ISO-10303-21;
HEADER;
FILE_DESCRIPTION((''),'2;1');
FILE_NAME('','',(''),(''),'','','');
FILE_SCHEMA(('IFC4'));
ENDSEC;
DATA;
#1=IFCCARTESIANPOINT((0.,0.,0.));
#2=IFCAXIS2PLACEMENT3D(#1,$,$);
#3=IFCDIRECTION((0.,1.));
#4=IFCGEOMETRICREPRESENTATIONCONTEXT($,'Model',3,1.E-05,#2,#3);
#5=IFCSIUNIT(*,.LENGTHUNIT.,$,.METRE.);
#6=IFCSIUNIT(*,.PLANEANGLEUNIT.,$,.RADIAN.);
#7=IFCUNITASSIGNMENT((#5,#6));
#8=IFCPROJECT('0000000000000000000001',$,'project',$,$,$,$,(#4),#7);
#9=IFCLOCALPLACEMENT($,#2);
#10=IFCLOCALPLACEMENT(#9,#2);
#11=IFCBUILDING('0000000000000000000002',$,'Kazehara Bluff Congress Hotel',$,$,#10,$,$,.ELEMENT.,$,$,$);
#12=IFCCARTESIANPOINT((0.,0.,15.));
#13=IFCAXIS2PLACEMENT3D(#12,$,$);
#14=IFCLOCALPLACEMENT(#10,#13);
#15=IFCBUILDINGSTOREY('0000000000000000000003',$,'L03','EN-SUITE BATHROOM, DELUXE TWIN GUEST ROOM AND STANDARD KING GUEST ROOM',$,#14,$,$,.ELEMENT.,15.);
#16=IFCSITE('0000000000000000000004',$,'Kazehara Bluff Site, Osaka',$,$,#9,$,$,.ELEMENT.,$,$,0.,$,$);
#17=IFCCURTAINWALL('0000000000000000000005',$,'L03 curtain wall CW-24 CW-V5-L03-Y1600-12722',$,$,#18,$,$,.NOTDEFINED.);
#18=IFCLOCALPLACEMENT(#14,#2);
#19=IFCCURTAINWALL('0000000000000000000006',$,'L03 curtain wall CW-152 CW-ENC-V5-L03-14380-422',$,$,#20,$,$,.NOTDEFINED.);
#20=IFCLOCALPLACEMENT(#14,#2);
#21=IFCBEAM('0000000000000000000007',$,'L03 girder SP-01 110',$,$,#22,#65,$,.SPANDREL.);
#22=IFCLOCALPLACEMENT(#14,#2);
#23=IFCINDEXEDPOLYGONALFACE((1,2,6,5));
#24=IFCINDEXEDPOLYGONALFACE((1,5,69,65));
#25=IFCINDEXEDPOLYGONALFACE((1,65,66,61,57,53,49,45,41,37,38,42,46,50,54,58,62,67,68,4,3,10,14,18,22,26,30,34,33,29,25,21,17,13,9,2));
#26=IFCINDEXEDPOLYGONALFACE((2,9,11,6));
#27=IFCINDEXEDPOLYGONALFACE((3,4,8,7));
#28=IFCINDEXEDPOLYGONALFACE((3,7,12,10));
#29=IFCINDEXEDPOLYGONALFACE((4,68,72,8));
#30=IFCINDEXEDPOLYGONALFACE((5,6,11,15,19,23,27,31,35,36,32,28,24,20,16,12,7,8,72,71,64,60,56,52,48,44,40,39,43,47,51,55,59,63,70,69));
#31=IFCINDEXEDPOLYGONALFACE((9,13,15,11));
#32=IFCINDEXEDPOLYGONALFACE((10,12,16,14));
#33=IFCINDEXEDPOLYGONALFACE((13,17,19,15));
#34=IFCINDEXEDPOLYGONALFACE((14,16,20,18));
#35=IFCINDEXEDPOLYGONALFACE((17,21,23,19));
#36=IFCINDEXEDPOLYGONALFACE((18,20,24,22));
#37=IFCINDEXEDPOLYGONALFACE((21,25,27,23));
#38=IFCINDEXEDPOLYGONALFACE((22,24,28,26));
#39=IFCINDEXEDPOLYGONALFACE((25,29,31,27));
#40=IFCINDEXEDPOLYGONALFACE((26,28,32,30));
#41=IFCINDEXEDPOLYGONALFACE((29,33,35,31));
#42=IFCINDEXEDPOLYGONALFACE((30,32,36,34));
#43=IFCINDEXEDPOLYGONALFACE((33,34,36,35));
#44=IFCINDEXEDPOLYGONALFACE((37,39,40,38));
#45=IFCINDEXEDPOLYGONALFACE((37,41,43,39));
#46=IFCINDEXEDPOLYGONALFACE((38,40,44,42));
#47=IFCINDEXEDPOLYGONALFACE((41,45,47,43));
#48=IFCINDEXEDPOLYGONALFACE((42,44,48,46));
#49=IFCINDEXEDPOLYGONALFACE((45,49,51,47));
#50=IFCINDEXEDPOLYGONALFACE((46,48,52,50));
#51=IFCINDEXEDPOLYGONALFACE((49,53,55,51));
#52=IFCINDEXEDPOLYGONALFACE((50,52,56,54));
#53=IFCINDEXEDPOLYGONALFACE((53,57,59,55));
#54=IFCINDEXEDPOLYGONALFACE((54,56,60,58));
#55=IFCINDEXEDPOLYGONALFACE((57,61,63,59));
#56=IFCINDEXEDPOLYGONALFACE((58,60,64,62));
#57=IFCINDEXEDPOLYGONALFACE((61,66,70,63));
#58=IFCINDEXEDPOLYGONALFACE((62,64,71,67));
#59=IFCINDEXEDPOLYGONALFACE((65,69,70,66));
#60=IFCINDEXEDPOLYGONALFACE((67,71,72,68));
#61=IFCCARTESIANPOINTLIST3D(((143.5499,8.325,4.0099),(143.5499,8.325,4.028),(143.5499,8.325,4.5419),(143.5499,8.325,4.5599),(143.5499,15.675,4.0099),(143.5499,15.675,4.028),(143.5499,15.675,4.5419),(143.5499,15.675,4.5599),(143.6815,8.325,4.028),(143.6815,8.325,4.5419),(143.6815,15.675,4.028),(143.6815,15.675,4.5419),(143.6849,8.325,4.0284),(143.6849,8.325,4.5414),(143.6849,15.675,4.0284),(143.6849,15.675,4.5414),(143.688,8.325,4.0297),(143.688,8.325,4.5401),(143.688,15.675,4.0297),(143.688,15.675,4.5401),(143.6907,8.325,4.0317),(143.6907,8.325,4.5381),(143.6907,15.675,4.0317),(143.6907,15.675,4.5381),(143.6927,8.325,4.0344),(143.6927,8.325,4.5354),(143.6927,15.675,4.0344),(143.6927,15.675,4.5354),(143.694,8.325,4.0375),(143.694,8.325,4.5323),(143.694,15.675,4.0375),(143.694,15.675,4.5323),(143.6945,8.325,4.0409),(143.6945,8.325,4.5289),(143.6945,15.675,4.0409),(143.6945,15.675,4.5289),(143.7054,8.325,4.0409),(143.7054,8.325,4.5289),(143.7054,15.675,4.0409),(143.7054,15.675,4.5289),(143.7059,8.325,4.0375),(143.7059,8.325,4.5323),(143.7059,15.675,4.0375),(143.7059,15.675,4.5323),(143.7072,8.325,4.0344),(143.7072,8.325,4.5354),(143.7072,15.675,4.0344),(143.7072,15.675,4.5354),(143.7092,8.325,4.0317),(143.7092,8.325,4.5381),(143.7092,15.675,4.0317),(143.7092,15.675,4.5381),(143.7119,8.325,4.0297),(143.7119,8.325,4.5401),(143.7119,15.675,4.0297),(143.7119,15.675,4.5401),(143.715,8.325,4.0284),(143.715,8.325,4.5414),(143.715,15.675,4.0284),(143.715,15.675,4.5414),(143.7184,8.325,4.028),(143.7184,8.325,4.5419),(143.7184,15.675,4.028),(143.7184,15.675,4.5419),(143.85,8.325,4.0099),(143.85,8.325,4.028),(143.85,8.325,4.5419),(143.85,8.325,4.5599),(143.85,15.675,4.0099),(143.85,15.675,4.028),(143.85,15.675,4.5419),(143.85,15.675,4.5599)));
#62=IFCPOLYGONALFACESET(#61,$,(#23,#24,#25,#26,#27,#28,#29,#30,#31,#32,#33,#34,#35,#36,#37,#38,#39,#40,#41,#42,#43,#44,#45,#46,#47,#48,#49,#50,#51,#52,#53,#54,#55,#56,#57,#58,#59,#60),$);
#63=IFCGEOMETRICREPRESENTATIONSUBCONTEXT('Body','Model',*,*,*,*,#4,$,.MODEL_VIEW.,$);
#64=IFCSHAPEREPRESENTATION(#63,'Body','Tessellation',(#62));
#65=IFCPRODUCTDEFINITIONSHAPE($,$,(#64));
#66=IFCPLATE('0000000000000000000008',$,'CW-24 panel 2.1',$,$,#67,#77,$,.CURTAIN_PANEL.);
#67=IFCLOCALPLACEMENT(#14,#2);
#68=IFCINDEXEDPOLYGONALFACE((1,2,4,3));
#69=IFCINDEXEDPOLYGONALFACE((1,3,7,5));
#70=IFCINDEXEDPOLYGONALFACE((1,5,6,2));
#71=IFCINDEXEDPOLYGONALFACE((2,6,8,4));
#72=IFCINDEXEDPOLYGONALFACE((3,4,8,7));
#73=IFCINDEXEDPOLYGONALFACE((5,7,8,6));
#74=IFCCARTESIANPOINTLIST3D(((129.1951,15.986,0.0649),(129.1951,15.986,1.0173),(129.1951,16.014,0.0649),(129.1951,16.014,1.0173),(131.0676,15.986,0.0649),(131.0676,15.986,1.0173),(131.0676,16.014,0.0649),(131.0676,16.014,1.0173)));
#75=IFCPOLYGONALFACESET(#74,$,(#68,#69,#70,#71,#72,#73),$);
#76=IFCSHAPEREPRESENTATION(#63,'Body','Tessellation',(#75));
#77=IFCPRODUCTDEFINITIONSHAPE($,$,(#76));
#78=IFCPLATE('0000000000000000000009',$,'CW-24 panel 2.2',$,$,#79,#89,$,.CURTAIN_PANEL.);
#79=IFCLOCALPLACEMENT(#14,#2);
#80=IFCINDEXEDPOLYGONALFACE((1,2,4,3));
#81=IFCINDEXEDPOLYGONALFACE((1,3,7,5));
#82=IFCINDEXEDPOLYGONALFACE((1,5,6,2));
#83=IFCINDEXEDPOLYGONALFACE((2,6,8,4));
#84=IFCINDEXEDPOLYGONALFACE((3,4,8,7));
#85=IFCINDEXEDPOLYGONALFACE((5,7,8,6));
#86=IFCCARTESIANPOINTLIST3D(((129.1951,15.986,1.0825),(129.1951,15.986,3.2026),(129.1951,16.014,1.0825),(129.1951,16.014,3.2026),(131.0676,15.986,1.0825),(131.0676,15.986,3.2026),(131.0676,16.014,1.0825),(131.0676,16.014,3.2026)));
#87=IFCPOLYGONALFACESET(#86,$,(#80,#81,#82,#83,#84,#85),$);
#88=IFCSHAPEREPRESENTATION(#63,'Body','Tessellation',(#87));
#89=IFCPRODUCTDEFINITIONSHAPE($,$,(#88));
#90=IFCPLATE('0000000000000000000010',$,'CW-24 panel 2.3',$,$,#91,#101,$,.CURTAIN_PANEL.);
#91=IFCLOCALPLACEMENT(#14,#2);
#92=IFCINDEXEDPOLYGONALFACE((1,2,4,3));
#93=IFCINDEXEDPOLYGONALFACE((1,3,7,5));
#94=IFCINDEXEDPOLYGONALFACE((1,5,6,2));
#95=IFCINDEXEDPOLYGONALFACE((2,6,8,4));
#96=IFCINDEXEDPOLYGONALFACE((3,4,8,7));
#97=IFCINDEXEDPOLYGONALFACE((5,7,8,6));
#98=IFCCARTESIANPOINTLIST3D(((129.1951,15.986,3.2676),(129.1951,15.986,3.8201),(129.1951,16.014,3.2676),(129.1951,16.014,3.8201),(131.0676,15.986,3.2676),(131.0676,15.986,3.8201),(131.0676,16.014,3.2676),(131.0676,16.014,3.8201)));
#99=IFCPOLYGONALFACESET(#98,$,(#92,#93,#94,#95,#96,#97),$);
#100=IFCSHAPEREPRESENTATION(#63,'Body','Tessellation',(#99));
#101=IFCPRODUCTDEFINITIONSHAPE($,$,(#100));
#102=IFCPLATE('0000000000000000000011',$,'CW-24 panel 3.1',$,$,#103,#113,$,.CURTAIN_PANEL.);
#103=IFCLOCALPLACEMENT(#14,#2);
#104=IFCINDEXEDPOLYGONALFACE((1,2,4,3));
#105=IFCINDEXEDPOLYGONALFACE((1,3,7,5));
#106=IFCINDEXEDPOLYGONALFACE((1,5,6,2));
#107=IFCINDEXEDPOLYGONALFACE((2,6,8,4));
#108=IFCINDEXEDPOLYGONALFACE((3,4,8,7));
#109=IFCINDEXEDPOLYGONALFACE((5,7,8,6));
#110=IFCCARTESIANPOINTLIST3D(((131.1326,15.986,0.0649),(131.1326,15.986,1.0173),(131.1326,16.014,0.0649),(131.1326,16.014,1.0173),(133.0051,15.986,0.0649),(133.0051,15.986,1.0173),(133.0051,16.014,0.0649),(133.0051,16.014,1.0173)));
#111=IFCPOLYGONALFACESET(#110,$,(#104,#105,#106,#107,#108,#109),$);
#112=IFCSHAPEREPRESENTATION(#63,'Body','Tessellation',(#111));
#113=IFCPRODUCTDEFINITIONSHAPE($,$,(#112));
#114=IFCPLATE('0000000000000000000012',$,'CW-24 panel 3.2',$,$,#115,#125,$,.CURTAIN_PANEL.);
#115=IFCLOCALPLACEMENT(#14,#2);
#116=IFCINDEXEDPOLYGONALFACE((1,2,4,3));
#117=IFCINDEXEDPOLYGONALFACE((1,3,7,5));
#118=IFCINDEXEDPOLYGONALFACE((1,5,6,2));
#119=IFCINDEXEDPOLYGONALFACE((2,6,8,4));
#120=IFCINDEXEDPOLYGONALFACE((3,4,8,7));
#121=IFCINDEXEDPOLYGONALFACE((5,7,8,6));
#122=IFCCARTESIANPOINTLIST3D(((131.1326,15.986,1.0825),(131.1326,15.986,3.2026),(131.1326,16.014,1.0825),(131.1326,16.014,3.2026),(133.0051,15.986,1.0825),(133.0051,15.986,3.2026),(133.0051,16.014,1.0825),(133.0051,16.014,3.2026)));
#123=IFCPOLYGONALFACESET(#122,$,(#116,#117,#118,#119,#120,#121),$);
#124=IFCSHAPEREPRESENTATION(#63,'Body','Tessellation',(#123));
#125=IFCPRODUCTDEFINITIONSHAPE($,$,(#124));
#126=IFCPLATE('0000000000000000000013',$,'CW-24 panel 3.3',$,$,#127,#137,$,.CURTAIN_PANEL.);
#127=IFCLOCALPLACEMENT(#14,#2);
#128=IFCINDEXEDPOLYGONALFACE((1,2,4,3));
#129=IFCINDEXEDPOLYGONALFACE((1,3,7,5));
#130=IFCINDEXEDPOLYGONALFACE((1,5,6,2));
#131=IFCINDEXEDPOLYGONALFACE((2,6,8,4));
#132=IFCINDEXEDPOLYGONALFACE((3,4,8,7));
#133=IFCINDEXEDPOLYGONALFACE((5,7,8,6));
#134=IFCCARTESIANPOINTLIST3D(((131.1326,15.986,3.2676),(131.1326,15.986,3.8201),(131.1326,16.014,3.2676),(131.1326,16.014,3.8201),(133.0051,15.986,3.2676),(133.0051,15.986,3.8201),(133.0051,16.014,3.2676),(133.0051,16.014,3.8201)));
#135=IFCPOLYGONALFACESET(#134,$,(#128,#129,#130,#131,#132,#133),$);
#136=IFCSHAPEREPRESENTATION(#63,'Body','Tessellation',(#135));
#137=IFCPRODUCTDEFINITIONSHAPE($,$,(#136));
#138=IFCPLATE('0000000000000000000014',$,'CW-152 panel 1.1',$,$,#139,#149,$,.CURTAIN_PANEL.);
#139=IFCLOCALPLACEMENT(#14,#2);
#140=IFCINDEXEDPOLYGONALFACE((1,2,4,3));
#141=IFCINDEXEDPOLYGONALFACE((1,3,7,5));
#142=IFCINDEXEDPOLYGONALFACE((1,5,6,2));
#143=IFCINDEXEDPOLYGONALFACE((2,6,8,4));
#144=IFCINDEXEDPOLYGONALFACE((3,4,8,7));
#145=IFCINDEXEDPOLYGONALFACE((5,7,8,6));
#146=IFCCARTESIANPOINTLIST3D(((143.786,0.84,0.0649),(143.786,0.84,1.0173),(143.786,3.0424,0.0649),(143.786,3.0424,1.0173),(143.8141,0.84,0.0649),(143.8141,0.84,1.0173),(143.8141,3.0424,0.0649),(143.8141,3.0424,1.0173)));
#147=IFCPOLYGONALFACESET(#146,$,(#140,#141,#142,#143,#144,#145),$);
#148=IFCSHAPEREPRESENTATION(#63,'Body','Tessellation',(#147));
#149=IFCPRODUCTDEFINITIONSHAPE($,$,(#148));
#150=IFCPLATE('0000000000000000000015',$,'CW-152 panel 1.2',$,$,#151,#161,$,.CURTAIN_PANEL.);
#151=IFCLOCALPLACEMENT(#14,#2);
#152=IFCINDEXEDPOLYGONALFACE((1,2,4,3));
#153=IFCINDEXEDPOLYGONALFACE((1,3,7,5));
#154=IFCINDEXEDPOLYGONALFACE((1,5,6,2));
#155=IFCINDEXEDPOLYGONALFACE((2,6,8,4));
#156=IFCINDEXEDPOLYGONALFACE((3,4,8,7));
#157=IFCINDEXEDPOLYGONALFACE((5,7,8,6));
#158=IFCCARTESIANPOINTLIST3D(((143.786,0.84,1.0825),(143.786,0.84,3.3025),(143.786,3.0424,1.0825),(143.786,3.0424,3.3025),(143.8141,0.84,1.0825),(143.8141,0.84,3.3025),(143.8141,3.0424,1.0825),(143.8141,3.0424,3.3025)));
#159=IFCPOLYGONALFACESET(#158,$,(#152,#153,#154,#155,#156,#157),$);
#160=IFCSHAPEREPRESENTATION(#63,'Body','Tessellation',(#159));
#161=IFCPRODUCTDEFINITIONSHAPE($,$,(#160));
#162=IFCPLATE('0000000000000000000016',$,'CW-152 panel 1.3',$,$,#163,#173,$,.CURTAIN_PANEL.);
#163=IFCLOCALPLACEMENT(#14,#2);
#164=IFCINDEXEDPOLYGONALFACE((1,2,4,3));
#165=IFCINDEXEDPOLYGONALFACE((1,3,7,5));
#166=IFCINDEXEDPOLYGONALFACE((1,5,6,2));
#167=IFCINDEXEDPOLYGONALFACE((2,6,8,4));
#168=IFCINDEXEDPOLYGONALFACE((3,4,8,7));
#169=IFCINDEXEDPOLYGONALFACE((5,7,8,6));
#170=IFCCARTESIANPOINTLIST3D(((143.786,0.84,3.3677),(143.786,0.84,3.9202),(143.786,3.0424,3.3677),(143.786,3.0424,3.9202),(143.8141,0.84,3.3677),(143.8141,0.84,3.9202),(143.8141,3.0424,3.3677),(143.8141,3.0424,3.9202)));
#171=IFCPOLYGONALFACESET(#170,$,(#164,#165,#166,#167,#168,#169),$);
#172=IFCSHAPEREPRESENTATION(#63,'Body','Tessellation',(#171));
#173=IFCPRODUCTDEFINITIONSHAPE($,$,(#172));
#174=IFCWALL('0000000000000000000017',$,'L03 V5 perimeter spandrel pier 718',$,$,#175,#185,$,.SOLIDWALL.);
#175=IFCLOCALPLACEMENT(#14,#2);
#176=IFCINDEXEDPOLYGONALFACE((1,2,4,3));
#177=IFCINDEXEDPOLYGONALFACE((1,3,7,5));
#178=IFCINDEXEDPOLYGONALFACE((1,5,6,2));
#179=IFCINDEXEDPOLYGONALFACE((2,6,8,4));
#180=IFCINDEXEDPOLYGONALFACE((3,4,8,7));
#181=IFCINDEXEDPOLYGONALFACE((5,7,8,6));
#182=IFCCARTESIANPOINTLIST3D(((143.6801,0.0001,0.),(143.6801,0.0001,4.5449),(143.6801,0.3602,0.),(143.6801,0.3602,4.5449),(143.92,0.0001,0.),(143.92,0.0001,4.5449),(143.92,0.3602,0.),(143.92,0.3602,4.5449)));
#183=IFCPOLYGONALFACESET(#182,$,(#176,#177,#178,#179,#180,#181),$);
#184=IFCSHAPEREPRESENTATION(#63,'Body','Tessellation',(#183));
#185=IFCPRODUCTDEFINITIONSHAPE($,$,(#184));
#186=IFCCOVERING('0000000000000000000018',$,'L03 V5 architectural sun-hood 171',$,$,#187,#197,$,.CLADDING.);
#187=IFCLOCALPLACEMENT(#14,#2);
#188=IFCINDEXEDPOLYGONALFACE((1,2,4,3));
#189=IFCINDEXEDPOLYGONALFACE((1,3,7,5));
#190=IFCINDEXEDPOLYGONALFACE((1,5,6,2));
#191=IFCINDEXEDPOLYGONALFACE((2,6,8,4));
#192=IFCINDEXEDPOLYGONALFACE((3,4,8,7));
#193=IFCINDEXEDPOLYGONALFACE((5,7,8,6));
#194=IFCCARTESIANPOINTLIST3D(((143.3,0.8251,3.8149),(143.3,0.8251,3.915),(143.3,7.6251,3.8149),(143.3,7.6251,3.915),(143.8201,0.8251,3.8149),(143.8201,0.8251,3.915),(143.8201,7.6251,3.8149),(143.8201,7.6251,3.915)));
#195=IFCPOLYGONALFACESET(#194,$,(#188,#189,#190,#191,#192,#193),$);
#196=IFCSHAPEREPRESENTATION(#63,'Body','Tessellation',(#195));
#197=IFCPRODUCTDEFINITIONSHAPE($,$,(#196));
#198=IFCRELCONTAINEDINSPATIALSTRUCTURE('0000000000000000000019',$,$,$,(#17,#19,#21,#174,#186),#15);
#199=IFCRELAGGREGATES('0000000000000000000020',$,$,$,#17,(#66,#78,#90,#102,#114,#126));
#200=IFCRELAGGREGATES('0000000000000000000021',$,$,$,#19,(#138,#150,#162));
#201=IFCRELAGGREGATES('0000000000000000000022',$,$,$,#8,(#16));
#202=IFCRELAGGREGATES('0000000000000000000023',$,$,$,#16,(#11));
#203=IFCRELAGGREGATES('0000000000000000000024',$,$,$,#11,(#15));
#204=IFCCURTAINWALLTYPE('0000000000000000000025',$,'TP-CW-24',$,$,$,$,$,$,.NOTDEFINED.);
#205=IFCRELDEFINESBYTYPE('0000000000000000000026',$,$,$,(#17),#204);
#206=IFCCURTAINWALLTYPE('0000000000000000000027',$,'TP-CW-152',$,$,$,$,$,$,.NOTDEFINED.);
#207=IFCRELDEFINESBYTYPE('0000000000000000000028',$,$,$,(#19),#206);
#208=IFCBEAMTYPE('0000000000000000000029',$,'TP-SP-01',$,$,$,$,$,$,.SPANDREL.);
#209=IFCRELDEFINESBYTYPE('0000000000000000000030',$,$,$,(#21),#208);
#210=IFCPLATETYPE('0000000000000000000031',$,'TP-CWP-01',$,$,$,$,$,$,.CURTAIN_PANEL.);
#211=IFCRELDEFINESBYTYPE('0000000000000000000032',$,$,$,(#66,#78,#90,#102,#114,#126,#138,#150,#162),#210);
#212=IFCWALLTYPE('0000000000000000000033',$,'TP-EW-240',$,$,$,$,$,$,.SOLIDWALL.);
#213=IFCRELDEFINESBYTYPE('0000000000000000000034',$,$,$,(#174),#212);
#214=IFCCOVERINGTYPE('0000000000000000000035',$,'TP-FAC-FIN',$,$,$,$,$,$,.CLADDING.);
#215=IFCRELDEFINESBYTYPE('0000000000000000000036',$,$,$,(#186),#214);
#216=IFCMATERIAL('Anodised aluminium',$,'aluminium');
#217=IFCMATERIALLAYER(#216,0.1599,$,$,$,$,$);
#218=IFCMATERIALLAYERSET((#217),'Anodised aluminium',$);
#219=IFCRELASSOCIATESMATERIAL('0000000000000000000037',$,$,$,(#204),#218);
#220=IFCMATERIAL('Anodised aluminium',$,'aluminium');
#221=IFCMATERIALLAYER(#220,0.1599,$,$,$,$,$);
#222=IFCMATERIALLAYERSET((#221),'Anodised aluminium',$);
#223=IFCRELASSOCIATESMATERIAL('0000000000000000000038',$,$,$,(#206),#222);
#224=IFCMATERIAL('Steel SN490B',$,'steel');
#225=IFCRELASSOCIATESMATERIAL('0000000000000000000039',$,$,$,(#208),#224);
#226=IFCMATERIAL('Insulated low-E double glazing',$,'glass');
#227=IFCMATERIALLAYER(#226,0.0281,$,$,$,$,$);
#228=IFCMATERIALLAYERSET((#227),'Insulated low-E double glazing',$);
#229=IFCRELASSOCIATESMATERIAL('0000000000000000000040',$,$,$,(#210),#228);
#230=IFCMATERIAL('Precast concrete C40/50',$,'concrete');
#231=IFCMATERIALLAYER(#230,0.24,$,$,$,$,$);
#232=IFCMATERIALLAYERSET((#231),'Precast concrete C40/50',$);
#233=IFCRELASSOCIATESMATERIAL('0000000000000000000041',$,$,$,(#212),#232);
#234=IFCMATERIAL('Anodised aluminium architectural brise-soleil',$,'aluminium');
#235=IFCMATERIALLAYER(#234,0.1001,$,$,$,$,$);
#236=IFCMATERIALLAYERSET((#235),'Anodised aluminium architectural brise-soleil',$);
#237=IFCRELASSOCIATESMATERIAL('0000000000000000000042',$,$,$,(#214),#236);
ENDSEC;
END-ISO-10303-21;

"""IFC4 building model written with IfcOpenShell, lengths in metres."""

from ifc_helpers import new_model, si_unit, direction, frame, frame_2d, origin, origin_2d, place, context, subcontext, project, spatial, rectangle, i_section, extrude, material, layer, layer_set, material_profile, profile_set, type_object, element, aggregate, save


model = new_model("IFC4")

# Units and contexts
model_context = context("Model", 3, precision=1e-05, world=origin(), true_north=direction((0.0, 1.0)))
body_context = subcontext(model_context, "Body", "Model", "MODEL_VIEW")
ifc_project = project(units=[si_unit("LENGTHUNIT", "METRE"), si_unit("PLANEANGLEUNIT", "RADIAN")], contexts=[model_context])

# Site, building, storey
site_placement = place(None, origin())
site = spatial("IfcSite", under=ifc_project, at=site_placement, Name="Kazehara Bluff Site, Osaka", CompositionType="ELEMENT", RefElevation=0.0)
building_placement = place(site_placement, origin())
building = spatial("IfcBuilding", under=site, at=building_placement, Name="Kazehara Bluff Congress Hotel", CompositionType="ELEMENT")
storey_placement = place(building_placement, frame((0.0, 0.0, 15.0)))
storey = spatial("IfcBuildingStorey", under=building, at=storey_placement, Name="L03", Description="EN-SUITE BATHROOM, DELUXE TWIN GUEST ROOM AND STANDARD KING GUEST ROOM", CompositionType="ELEMENT", Elevation=15.0)

# Curtain walls
ifc_material_1 = material(Name="Anodised aluminium", Category="aluminium")
ifc_layer_1 = layer(ifc_material_1, 0.1599)
ifc_layer_set_1 = layer_set([ifc_layer_1], Name="Anodised aluminium")
curtain_wall_type_1 = type_object("IfcCurtainWallType", Name="TP-CW-24", PredefinedType="NOTDEFINED", material=ifc_layer_set_1)
curtain_wall_1_placement = place(storey_placement, origin())
curtain_wall_1 = element("IfcCurtainWall", 1, at=curtain_wall_1_placement, inside=storey, type_object=curtain_wall_type_1, Name="L03 curtain wall CW-24 CW-V5-L03-Y1600-12722", PredefinedType="NOTDEFINED")
ifc_material_2 = material(Name="Anodised aluminium", Category="aluminium")
ifc_layer_2 = layer(ifc_material_2, 0.1599)
ifc_layer_set_2 = layer_set([ifc_layer_2], Name="Anodised aluminium")
curtain_wall_type_2 = type_object("IfcCurtainWallType", Name="TP-CW-152", PredefinedType="NOTDEFINED", material=ifc_layer_set_2)
curtain_wall_2_placement = place(storey_placement, origin())
curtain_wall_2 = element("IfcCurtainWall", 2, at=curtain_wall_2_placement, inside=storey, type_object=curtain_wall_type_2, Name="L03 curtain wall CW-152 CW-ENC-V5-L03-14380-422", PredefinedType="NOTDEFINED")

# Beam
ifc_material_3 = material(Name="Steel SN490B", Category="steel")
ifc_material_profile_1 = material_profile(ifc_material_3, i_section(OverallWidth=0.3, OverallDepth=0.55, WebThickness=0.011, FlangeThickness=0.0181, FilletRadius=0.0129, at=origin_2d()))
ifc_profile_set_1 = profile_set([ifc_material_profile_1], Name="Steel SN490B")
beam_type = type_object("IfcBeamType", Name="TP-SP-01", PredefinedType="SPANDREL", material=ifc_profile_set_1)
beam_1_placement = place(storey_placement, frame((143.7, 8.325, 4.2849), z_axis=(0.0, 1.0, 0.0), x_axis=(-1.0, 0.0, 0.0)))
element("IfcBeam", 3, at=beam_1_placement, inside=storey, type_object=beam_type, Name="L03 girder SP-01 110", PredefinedType="SPANDREL", context=body_context, shape_type="SweptSolid", body=[
    extrude(i_section(OverallWidth=0.3, OverallDepth=0.55, WebThickness=0.011, FlangeThickness=0.0181, FilletRadius=0.0129, at=origin_2d()), origin(), (0.0, 0.0, 1.0), 7.3501),
])

# Plates
ifc_material_4 = material(Name="Insulated low-E double glazing", Category="glass")
ifc_layer_3 = layer(ifc_material_4, 0.0281)
ifc_layer_set_3 = layer_set([ifc_layer_3], Name="Insulated low-E double glazing")
plate_type = type_object("IfcPlateType", Name="TP-CWP-01", PredefinedType="CURTAIN_PANEL", material=ifc_layer_set_3)
plate_1_placement = place(storey_placement, frame((130.1313, 16.0, 0.0649), z_axis=(0.0, 0.0, 1.0), x_axis=(1.0, 0.0, 0.0)))
plate_1 = element("IfcPlate", 4, at=plate_1_placement, type_object=plate_type, Name="CW-24 panel 2.1", PredefinedType="CURTAIN_PANEL", context=body_context, shape_type="SweptSolid", body=[
    extrude(rectangle(XDim=1.8726, YDim=0.0281, at=origin_2d()), origin(), (0.0, 0.0, 1.0), 0.9524),
])
plate_2_placement = place(storey_placement, frame((130.1313, 16.0, 1.0825), z_axis=(0.0, 0.0, 1.0), x_axis=(1.0, 0.0, 0.0)))
plate_2 = element("IfcPlate", 5, at=plate_2_placement, type_object=plate_type, Name="CW-24 panel 2.2", PredefinedType="CURTAIN_PANEL", context=body_context, shape_type="SweptSolid", body=[
    extrude(rectangle(XDim=1.8726, YDim=0.0281, at=origin_2d()), origin(), (0.0, 0.0, 1.0), 2.1201),
])
plate_3_placement = place(storey_placement, frame((130.1313, 16.0, 3.2676), z_axis=(0.0, 0.0, 1.0), x_axis=(1.0, 0.0, 0.0)))
plate_3 = element("IfcPlate", 6, at=plate_3_placement, type_object=plate_type, Name="CW-24 panel 2.3", PredefinedType="CURTAIN_PANEL", context=body_context, shape_type="SweptSolid", body=[
    extrude(rectangle(XDim=1.8726, YDim=0.0281, at=origin_2d()), origin(), (0.0, 0.0, 1.0), 0.5525),
])
plate_4_placement = place(storey_placement, frame((132.0688, 16.0, 0.0649), z_axis=(0.0, 0.0, 1.0), x_axis=(1.0, 0.0, 0.0)))
plate_4 = element("IfcPlate", 7, at=plate_4_placement, type_object=plate_type, Name="CW-24 panel 3.1", PredefinedType="CURTAIN_PANEL", context=body_context, shape_type="SweptSolid", body=[
    extrude(rectangle(XDim=1.8726, YDim=0.0281, at=origin_2d()), origin(), (0.0, 0.0, 1.0), 0.9524),
])
plate_5_placement = place(storey_placement, frame((132.0688, 16.0, 1.0825), z_axis=(0.0, 0.0, 1.0), x_axis=(1.0, 0.0, 0.0)))
plate_5 = element("IfcPlate", 8, at=plate_5_placement, type_object=plate_type, Name="CW-24 panel 3.2", PredefinedType="CURTAIN_PANEL", context=body_context, shape_type="SweptSolid", body=[
    extrude(rectangle(XDim=1.8726, YDim=0.0281, at=origin_2d()), origin(), (0.0, 0.0, 1.0), 2.1201),
])
plate_6_placement = place(storey_placement, frame((132.0688, 16.0, 3.2676), z_axis=(0.0, 0.0, 1.0), x_axis=(1.0, 0.0, 0.0)))
plate_6 = element("IfcPlate", 9, at=plate_6_placement, type_object=plate_type, Name="CW-24 panel 3.3", PredefinedType="CURTAIN_PANEL", context=body_context, shape_type="SweptSolid", body=[
    extrude(rectangle(XDim=1.8726, YDim=0.0281, at=origin_2d()), origin(), (0.0, 0.0, 1.0), 0.5525),
])
aggregate(curtain_wall_1, [plate_1, plate_2, plate_3, plate_4, plate_5, plate_6])
plate_7_placement = place(storey_placement, frame((143.8, 1.9412, 0.0649), z_axis=(0.0, 0.0, 1.0), x_axis=(0.0, 1.0, 0.0)))
plate_7 = element("IfcPlate", 10, at=plate_7_placement, type_object=plate_type, Name="CW-152 panel 1.1", PredefinedType="CURTAIN_PANEL", context=body_context, shape_type="SweptSolid", body=[
    extrude(rectangle(XDim=2.2024, YDim=0.0281, at=origin_2d()), origin(), (0.0, 0.0, 1.0), 0.9524),
])
plate_8_placement = place(storey_placement, frame((143.8, 1.9412, 1.0825), z_axis=(0.0, 0.0, 1.0), x_axis=(0.0, 1.0, 0.0)))
plate_8 = element("IfcPlate", 11, at=plate_8_placement, type_object=plate_type, Name="CW-152 panel 1.2", PredefinedType="CURTAIN_PANEL", context=body_context, shape_type="SweptSolid", body=[
    extrude(rectangle(XDim=2.2024, YDim=0.0281, at=origin_2d()), origin(), (0.0, 0.0, 1.0), 2.22),
])
plate_9_placement = place(storey_placement, frame((143.8, 1.9412, 3.3677), z_axis=(0.0, 0.0, 1.0), x_axis=(0.0, 1.0, 0.0)))
plate_9 = element("IfcPlate", 12, at=plate_9_placement, type_object=plate_type, Name="CW-152 panel 1.3", PredefinedType="CURTAIN_PANEL", context=body_context, shape_type="SweptSolid", body=[
    extrude(rectangle(XDim=2.2024, YDim=0.0281, at=origin_2d()), origin(), (0.0, 0.0, 1.0), 0.5525),
])
aggregate(curtain_wall_2, [plate_7, plate_8, plate_9])

# Wall
ifc_material_5 = material(Name="Precast concrete C40/50", Category="concrete")
ifc_layer_4 = layer(ifc_material_5, 0.24)
ifc_layer_set_4 = layer_set([ifc_layer_4], Name="Precast concrete C40/50")
wall_type = type_object("IfcWallType", Name="TP-EW-240", PredefinedType="SOLIDWALL", material=ifc_layer_set_4)
wall_placement = place(storey_placement, frame((143.8, 0.0, 0.0), z_axis=(0.0, 0.0, 1.0), x_axis=(0.0, 1.0, 0.0)))
element("IfcWall", 13, at=wall_placement, inside=storey, type_object=wall_type, Name="L03 V5 perimeter spandrel pier 718", PredefinedType="SOLIDWALL", context=body_context, shape_type="SweptSolid", body=[
    extrude(rectangle(XDim=0.3601, YDim=0.24, at=frame_2d((0.1802, 0.0))), origin(), (0.0, 0.0, 1.0), 4.5449),
])

# Covering
ifc_material_6 = material(Name="Anodised aluminium architectural brise-soleil", Category="aluminium")
ifc_layer_5 = layer(ifc_material_6, 0.1001)
ifc_layer_set_5 = layer_set([ifc_layer_5], Name="Anodised aluminium architectural brise-soleil")
covering_type = type_object("IfcCoveringType", Name="TP-FAC-FIN", PredefinedType="CLADDING", material=ifc_layer_set_5)
covering_1_placement = place(storey_placement, frame((143.5601, 4.2251, 3.8149), z_axis=(0.0, 0.0, 1.0), x_axis=(1.0, 0.0, 0.0)))
element("IfcCovering", 14, at=covering_1_placement, inside=storey, type_object=covering_type, Name="L03 V5 architectural sun-hood 171", PredefinedType="CLADDING", context=body_context, shape_type="SweptSolid", body=[
    extrude(rectangle(XDim=0.52, YDim=6.8, at=origin_2d()), origin(), (0.0, 0.0, 1.0), 0.1001),
])

save(model, "model.ifc")
